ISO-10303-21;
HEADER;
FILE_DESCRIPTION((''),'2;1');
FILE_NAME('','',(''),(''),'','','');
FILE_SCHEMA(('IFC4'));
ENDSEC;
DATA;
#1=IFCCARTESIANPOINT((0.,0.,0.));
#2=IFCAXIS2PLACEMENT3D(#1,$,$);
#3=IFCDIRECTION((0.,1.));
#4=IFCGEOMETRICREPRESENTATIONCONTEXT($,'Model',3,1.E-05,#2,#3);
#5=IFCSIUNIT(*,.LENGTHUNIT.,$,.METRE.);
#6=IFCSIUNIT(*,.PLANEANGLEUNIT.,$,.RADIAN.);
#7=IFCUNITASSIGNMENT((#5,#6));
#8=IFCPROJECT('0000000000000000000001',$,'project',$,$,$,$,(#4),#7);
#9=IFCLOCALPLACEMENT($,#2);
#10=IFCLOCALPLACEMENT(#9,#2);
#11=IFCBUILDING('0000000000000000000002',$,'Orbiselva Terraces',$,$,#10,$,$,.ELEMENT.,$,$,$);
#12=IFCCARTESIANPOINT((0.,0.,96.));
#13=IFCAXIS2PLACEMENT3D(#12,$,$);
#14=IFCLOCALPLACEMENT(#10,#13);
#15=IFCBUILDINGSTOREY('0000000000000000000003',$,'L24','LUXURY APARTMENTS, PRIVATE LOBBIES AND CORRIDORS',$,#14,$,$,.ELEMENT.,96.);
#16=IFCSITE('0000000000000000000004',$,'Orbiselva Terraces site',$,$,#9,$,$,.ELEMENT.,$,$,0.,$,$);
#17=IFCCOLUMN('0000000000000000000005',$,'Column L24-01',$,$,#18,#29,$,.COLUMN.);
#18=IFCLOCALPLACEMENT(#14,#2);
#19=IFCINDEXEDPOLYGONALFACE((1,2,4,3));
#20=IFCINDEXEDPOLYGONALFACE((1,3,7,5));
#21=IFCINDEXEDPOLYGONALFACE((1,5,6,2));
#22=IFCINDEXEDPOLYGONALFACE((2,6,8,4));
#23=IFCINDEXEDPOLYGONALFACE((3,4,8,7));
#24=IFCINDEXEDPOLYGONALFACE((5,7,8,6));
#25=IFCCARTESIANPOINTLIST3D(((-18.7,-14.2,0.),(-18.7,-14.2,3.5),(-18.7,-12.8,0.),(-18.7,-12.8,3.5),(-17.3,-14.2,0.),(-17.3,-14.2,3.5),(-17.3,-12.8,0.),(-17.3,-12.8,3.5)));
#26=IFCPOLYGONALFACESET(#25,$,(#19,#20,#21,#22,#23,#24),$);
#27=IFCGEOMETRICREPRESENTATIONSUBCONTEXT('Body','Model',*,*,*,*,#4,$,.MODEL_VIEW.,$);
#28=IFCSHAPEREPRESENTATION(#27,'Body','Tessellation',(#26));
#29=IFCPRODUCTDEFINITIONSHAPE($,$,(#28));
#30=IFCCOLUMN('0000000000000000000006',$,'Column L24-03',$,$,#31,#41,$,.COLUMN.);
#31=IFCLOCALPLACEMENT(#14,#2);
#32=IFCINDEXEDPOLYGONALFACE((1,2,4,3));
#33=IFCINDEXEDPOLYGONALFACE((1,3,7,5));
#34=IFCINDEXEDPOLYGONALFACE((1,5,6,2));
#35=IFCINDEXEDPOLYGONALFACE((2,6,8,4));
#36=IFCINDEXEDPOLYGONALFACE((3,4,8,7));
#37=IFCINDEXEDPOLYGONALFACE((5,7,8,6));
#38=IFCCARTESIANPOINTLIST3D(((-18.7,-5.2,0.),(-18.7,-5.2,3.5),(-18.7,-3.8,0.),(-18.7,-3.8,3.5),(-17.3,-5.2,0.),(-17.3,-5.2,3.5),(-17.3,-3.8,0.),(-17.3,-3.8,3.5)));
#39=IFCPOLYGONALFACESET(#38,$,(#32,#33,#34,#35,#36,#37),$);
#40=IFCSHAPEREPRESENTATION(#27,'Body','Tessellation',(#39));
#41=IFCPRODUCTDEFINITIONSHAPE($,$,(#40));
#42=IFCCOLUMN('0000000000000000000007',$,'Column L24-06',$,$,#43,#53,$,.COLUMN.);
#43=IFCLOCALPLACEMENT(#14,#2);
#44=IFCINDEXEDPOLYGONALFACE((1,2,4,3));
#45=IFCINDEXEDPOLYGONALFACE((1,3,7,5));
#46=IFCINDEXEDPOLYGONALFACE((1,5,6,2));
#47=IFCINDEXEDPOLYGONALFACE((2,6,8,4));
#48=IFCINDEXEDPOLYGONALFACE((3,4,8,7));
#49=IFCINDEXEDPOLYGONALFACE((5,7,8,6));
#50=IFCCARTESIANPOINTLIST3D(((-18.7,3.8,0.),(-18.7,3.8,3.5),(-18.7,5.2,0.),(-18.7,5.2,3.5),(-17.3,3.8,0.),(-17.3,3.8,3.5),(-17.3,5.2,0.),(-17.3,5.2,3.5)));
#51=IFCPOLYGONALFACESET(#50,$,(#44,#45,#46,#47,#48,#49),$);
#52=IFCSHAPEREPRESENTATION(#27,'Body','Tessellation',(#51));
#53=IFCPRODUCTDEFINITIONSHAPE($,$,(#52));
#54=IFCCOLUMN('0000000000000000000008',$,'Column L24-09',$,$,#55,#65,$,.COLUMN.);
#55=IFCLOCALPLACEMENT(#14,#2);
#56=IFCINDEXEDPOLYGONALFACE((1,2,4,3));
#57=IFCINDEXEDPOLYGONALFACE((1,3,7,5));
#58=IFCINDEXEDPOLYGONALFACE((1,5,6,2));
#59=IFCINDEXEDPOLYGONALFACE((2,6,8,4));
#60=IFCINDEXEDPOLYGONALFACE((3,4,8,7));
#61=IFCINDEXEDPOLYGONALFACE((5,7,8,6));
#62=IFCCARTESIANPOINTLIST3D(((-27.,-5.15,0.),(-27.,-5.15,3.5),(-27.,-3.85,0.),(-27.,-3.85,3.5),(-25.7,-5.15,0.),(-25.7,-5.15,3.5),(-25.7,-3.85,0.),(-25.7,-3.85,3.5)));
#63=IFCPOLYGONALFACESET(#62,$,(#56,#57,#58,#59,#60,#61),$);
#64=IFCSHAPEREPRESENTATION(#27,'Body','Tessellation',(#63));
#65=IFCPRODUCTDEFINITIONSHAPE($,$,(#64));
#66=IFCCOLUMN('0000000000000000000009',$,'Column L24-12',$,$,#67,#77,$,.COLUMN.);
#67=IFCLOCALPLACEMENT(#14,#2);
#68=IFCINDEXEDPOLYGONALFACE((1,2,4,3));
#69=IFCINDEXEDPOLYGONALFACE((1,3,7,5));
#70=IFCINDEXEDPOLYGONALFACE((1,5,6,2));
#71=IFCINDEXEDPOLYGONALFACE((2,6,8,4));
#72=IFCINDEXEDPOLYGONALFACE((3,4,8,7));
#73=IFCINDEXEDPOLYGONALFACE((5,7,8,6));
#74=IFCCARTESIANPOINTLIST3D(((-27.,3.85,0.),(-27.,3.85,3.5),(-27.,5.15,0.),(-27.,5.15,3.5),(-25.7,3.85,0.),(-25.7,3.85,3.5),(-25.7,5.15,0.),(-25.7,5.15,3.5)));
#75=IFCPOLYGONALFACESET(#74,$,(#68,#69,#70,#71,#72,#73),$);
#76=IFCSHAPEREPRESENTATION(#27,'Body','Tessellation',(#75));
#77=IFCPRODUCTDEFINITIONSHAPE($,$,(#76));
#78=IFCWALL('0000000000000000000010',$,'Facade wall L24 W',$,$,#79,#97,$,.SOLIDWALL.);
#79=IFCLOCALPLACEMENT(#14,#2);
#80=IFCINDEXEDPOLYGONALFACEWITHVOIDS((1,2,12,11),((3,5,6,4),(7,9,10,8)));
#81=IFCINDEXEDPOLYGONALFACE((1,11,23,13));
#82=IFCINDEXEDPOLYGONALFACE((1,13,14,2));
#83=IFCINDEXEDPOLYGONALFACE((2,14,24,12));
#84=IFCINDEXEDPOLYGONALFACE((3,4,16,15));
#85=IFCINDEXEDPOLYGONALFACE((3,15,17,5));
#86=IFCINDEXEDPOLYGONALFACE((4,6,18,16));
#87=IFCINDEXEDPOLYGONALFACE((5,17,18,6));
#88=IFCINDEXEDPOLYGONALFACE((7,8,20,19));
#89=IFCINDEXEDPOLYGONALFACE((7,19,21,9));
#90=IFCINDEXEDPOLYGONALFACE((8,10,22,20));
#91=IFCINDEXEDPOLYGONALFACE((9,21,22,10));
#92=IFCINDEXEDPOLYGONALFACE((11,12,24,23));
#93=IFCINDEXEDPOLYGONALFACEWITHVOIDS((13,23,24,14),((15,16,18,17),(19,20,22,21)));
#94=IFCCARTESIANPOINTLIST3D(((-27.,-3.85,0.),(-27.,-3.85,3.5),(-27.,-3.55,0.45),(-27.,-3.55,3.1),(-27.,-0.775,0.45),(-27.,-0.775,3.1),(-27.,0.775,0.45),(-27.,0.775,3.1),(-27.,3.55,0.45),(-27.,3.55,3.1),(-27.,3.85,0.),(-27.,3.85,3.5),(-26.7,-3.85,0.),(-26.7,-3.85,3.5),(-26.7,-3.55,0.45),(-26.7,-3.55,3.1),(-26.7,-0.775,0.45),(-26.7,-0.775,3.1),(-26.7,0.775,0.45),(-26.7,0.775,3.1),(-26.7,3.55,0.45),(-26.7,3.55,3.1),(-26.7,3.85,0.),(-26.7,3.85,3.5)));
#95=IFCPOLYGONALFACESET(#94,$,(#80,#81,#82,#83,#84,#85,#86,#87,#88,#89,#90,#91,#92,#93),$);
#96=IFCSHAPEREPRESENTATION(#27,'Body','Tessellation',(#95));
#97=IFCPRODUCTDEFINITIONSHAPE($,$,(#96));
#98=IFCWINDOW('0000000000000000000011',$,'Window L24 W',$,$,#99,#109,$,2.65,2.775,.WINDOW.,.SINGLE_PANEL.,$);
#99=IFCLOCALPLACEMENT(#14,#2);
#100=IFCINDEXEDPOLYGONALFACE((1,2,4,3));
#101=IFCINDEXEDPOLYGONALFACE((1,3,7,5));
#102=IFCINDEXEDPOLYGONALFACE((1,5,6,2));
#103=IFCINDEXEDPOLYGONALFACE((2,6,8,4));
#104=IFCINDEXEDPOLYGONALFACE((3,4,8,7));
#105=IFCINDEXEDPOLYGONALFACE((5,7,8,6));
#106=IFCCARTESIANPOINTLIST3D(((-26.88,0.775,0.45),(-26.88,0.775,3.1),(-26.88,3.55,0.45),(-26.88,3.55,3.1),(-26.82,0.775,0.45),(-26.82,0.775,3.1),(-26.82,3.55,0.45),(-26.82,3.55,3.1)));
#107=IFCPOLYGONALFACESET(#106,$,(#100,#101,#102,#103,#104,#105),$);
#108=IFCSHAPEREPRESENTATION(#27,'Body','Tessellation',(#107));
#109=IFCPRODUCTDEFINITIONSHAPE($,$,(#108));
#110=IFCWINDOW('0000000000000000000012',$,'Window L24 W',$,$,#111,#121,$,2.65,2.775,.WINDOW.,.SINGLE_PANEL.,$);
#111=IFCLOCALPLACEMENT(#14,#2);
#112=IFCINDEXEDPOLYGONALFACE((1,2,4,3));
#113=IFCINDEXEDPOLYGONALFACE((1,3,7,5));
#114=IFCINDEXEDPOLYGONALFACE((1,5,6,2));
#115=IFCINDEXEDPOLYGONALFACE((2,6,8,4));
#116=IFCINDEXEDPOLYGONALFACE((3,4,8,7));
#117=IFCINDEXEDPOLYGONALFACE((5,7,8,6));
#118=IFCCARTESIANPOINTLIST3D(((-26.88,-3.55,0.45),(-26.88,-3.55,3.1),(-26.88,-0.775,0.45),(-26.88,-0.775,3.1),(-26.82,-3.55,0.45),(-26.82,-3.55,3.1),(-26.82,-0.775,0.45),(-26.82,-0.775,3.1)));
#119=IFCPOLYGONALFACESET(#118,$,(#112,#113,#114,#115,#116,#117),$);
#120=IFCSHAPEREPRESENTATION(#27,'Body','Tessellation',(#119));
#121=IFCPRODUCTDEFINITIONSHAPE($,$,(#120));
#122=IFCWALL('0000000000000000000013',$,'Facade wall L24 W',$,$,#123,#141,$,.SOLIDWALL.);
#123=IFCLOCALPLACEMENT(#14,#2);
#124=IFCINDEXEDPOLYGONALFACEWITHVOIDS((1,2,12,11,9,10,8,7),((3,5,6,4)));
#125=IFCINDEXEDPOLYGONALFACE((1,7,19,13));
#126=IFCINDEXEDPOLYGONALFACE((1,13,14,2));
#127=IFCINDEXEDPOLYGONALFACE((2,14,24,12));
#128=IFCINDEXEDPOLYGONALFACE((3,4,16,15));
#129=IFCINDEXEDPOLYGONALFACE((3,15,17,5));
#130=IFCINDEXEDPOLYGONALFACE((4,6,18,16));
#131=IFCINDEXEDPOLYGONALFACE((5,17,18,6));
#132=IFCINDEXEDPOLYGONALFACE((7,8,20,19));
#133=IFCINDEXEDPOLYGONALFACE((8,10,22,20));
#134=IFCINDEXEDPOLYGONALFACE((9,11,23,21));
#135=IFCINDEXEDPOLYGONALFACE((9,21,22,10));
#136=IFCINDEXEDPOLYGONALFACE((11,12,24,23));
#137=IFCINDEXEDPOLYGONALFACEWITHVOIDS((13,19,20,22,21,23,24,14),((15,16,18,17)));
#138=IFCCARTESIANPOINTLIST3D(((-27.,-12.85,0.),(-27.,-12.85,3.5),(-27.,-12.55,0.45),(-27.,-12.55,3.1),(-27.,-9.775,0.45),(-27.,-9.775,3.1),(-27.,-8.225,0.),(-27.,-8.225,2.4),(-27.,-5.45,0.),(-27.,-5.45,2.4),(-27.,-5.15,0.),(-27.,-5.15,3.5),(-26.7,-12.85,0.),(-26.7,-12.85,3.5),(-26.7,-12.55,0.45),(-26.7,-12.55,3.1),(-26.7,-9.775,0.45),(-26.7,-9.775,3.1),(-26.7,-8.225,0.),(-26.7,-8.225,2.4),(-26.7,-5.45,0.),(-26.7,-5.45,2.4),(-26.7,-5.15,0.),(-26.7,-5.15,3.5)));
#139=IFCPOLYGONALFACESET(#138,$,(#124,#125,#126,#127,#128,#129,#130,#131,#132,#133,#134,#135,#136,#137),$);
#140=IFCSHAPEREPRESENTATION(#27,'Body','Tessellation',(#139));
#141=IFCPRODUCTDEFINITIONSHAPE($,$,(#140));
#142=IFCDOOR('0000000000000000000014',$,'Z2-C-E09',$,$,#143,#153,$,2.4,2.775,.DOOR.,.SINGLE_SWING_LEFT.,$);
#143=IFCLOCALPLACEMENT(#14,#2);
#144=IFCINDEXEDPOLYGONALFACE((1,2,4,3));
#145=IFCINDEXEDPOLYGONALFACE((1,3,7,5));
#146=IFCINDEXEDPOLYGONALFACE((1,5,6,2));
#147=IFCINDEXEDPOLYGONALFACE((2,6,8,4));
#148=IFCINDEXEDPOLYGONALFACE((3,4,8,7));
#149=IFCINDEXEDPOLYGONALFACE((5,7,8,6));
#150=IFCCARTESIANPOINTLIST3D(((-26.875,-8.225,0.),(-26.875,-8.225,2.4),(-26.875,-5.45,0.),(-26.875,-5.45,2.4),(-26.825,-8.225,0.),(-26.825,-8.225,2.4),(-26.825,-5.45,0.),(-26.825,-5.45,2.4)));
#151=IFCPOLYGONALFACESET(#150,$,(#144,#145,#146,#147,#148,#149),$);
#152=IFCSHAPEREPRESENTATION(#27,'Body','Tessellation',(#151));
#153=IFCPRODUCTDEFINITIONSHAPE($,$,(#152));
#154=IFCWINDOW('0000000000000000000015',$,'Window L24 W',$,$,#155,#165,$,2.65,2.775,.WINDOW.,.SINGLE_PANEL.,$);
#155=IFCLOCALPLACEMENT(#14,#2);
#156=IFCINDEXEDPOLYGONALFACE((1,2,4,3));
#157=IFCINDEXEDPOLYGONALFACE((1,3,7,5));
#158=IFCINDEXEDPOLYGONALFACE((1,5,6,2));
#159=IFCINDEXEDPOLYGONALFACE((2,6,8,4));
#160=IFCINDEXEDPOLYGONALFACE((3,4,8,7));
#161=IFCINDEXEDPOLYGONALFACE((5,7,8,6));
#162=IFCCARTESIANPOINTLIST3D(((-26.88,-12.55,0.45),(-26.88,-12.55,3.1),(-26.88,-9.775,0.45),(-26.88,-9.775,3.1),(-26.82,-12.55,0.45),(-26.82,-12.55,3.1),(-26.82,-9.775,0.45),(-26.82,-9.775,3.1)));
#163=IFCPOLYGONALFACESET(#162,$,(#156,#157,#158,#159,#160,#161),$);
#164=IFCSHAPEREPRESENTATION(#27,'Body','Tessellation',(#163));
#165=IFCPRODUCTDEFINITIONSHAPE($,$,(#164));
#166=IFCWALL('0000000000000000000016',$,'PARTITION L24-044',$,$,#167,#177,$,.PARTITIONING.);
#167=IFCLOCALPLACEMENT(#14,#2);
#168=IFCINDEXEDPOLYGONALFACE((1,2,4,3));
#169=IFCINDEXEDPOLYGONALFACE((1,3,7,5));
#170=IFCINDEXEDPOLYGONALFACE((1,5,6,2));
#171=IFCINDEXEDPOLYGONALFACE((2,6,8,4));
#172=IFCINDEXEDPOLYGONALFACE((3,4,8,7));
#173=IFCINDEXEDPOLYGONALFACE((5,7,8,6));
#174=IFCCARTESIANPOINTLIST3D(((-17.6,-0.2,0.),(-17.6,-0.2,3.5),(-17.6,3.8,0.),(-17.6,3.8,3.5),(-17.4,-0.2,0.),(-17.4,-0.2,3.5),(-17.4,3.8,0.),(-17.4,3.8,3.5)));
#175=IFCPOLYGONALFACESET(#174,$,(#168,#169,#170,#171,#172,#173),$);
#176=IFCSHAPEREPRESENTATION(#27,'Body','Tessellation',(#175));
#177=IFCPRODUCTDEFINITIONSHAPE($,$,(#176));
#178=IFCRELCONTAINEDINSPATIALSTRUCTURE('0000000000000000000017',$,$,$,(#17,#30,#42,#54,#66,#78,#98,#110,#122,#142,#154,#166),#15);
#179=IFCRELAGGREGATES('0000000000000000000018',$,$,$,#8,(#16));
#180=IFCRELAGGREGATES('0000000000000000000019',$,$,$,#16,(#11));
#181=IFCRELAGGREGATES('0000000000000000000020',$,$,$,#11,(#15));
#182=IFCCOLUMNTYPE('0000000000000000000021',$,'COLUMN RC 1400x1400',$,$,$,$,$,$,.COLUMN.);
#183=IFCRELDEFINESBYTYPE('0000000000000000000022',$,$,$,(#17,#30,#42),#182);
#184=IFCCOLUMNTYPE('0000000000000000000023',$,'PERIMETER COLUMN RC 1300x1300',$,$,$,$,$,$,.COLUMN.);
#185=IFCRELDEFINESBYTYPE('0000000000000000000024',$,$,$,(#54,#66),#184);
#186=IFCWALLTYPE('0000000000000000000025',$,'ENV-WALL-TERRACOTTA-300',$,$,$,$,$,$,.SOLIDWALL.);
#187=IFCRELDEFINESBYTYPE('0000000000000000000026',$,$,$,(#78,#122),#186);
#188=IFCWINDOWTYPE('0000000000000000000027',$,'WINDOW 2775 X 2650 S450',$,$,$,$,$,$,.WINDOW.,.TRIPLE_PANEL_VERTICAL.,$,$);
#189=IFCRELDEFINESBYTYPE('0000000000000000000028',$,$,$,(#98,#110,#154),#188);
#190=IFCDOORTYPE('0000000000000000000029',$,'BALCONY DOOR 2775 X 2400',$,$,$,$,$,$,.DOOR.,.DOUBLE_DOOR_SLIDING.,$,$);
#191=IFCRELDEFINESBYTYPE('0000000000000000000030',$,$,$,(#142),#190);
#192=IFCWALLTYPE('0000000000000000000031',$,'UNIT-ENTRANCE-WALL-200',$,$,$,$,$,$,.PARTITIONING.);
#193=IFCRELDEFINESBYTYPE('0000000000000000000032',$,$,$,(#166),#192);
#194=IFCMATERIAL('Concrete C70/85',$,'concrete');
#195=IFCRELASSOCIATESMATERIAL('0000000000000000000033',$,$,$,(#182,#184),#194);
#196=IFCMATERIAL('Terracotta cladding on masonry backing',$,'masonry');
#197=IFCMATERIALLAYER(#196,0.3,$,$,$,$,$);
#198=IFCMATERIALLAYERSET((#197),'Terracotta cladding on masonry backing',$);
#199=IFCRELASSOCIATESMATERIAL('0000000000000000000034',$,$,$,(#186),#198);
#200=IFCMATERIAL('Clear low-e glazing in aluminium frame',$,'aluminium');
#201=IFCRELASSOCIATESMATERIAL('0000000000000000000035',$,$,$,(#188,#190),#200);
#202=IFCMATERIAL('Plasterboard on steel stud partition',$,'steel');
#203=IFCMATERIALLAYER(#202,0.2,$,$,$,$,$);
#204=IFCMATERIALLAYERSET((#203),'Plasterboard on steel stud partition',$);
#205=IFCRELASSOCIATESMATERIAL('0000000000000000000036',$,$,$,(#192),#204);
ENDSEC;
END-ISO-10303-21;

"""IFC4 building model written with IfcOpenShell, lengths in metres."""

from ifc_helpers import new_model, si_unit, direction, frame, frame_2d, origin, origin_2d, place, context, subcontext, project, spatial, rectangle, extrude, material, layer, layer_set, material_profile, profile_set, type_object, element, fill, save


model = new_model("IFC4")

# Units and contexts
model_context = context("Model", 3, precision=1e-05, world=origin(), true_north=direction((0.0, 1.0)))
body_context = subcontext(model_context, "Body", "Model", "MODEL_VIEW")
ifc_project = project(units=[si_unit("LENGTHUNIT", "METRE"), si_unit("PLANEANGLEUNIT", "RADIAN")], contexts=[model_context])

# Site, building, storey
site_placement = place(None, origin())
site = spatial("IfcSite", under=ifc_project, at=site_placement, Name="Orbiselva Terraces site", CompositionType="ELEMENT", RefElevation=0.0)
building_placement = place(site_placement, origin())
building = spatial("IfcBuilding", under=site, at=building_placement, Name="Orbiselva Terraces", CompositionType="ELEMENT")
storey_placement = place(building_placement, frame((0.0, 0.0, 96.0)))
storey = spatial("IfcBuildingStorey", under=building, at=storey_placement, Name="L24", Description="LUXURY APARTMENTS, PRIVATE LOBBIES AND CORRIDORS", CompositionType="ELEMENT", Elevation=96.0)

# Columns
ifc_material_1 = material(Name="Concrete C70/85", Category="concrete")
ifc_material_profile_1 = material_profile(ifc_material_1, rectangle(XDim=1.4, YDim=1.4, at=origin_2d()), Name="RC 1400x1400")
ifc_profile_set_1 = profile_set([ifc_material_profile_1], Name="Concrete C70/85")
column_type_1 = type_object("IfcColumnType", Name="COLUMN RC 1400x1400", PredefinedType="COLUMN", material=ifc_profile_set_1)
for number, where, z_axis, x_axis, name in (
    (1, (-18.0, -13.5, 0.0), (0.0, 0.0, 1.0), (1.0, 0.0, 0.0), "Column L24-01"),
    (2, (-18.0, -4.5, 0.0), (0.0, 0.0, 1.0), (1.0, 0.0, 0.0), "Column L24-03"),
    (3, (-18.0, 4.5, 0.0), (0.0, 0.0, 1.0), (1.0, 0.0, 0.0), "Column L24-06"),
):
    element("IfcColumn", number, at=place(storey_placement, frame(where, z_axis=z_axis, x_axis=x_axis)), inside=storey, type_object=column_type_1, Name=name, PredefinedType="COLUMN", context=body_context, shape_type="SweptSolid", body=[
        extrude(rectangle(XDim=1.4, YDim=1.4, at=origin_2d()), origin(), (0.0, 0.0, 1.0), 3.5),
    ])
ifc_material_profile_2 = material_profile(ifc_material_1, rectangle(XDim=1.3, YDim=1.3, at=origin_2d()), Name="RC 1300x1300")
ifc_profile_set_2 = profile_set([ifc_material_profile_2], Name="Concrete C70/85")
column_type_2 = type_object("IfcColumnType", Name="PERIMETER COLUMN RC 1300x1300", PredefinedType="COLUMN", material=ifc_profile_set_2)
for number, where, z_axis, x_axis, name in (
    (4, (-26.35, -4.5, 0.0), (0.0, 0.0, 1.0), (1.0, 0.0, 0.0), "Column L24-09"),
    (5, (-26.35, 4.5, 0.0), (0.0, 0.0, 1.0), (1.0, 0.0, 0.0), "Column L24-12"),
):
    element("IfcColumn", number, at=place(storey_placement, frame(where, z_axis=z_axis, x_axis=x_axis)), inside=storey, type_object=column_type_2, Name=name, PredefinedType="COLUMN", context=body_context, shape_type="SweptSolid", body=[
        extrude(rectangle(XDim=1.3, YDim=1.3, at=origin_2d()), origin(), (0.0, 0.0, 1.0), 3.5),
    ])

# Wall, openings, windows
ifc_material_2 = material(Name="Terracotta cladding on masonry backing", Category="masonry")
ifc_layer_1 = layer(ifc_material_2, 0.3)
ifc_layer_set_1 = layer_set([ifc_layer_1], Name="Terracotta cladding on masonry backing")
wall_type_1 = type_object("IfcWallType", Name="ENV-WALL-TERRACOTTA-300", PredefinedType="SOLIDWALL", material=ifc_layer_set_1)
wall_1_placement = place(storey_placement, frame((-26.85, -3.85, 0.0), z_axis=(0.0, 0.0, 1.0), x_axis=(0.0, 1.0, 0.0)))
wall_1 = element("IfcWall", 6, at=wall_1_placement, inside=storey, type_object=wall_type_1, Name="Facade wall L24 W", PredefinedType="SOLIDWALL", context=body_context, shape_type="SweptSolid", body=[
    extrude(rectangle(XDim=7.7, YDim=0.3, at=frame_2d((3.85, 0.0))), origin(), (0.0, 0.0, 1.0), 3.5),
])
opening_1_placement = place(wall_1_placement, frame((4.625, 0.0, 0.45)))
opening_1 = element("IfcOpeningElement", 7, at=opening_1_placement, cuts=wall_1, PredefinedType="OPENING", context=body_context, shape_type="SweptSolid", body=[
    extrude(rectangle(XDim=2.775, YDim=2.65, at=frame_2d((1.3875, 1.325))), frame((0.0, 0.16, 0.0), z_axis=(0.0, -1.0, 0.0), x_axis=(1.0, 0.0, 0.0)), (0.0, 0.0, 1.0), 0.32),
])
opening_2_placement = place(wall_1_placement, frame((0.3, 0.0, 0.45)))
opening_2 = element("IfcOpeningElement", 8, at=opening_2_placement, cuts=wall_1, PredefinedType="OPENING", context=body_context, shape_type="SweptSolid", body=[
    extrude(rectangle(XDim=2.775, YDim=2.65, at=frame_2d((1.3875, 1.325))), frame((0.0, 0.16, 0.0), z_axis=(0.0, -1.0, 0.0), x_axis=(1.0, 0.0, 0.0)), (0.0, 0.0, 1.0), 0.32),
])
ifc_material_3 = material(Name="Clear low-e glazing in aluminium frame", Category="aluminium")
window_type = type_object("IfcWindowType", Name="WINDOW 2775 X 2650 S450", PartitioningType="TRIPLE_PANEL_VERTICAL", PredefinedType="WINDOW", material=ifc_material_3)
window_1_placement = place(opening_1_placement, origin())
window_1 = element("IfcWindow", 9, at=window_1_placement, inside=storey, type_object=window_type, Name="Window L24 W", OverallHeight=2.65, OverallWidth=2.775, PartitioningType="SINGLE_PANEL", PredefinedType="WINDOW", context=body_context, shape_type="SweptSolid", body=[
    extrude(rectangle(XDim=2.775, YDim=2.65, at=frame_2d((1.3875, 1.325))), frame((0.0, 0.03, 0.0), z_axis=(0.0, -1.0, 0.0), x_axis=(1.0, 0.0, 0.0)), (0.0, 0.0, 1.0), 0.06),
])
fill(opening_1, window_1)
window_2_placement = place(opening_2_placement, origin())
window_2 = element("IfcWindow", 10, at=window_2_placement, inside=storey, type_object=window_type, Name="Window L24 W", OverallHeight=2.65, OverallWidth=2.775, PartitioningType="SINGLE_PANEL", PredefinedType="WINDOW", context=body_context, shape_type="SweptSolid", body=[
    extrude(rectangle(XDim=2.775, YDim=2.65, at=frame_2d((1.3875, 1.325))), frame((0.0, 0.03, 0.0), z_axis=(0.0, -1.0, 0.0), x_axis=(1.0, 0.0, 0.0)), (0.0, 0.0, 1.0), 0.06),
])
fill(opening_2, window_2)

# Wall, openings, door, window
wall_2_placement = place(storey_placement, frame((-26.85, -12.85, 0.0), z_axis=(0.0, 0.0, 1.0), x_axis=(0.0, 1.0, 0.0)))
wall_2 = element("IfcWall", 11, at=wall_2_placement, inside=storey, type_object=wall_type_1, Name="Facade wall L24 W", PredefinedType="SOLIDWALL", context=body_context, shape_type="SweptSolid", body=[
    extrude(rectangle(XDim=7.7, YDim=0.3, at=frame_2d((3.85, 0.0))), origin(), (0.0, 0.0, 1.0), 3.5),
])
opening_3_placement = place(wall_2_placement, frame((4.625, 0.0, 0.0)))
opening_3 = element("IfcOpeningElement", 12, at=opening_3_placement, cuts=wall_2, PredefinedType="OPENING", context=body_context, shape_type="SweptSolid", body=[
    extrude(rectangle(XDim=2.775, YDim=2.4, at=frame_2d((1.3875, 1.2))), frame((0.0, 0.16, 0.0), z_axis=(0.0, -1.0, 0.0), x_axis=(1.0, 0.0, 0.0)), (0.0, 0.0, 1.0), 0.32),
])
opening_4_placement = place(wall_2_placement, frame((0.3, 0.0, 0.45)))
opening_4 = element("IfcOpeningElement", 13, at=opening_4_placement, cuts=wall_2, PredefinedType="OPENING", context=body_context, shape_type="SweptSolid", body=[
    extrude(rectangle(XDim=2.775, YDim=2.65, at=frame_2d((1.3875, 1.325))), frame((0.0, 0.16, 0.0), z_axis=(0.0, -1.0, 0.0), x_axis=(1.0, 0.0, 0.0)), (0.0, 0.0, 1.0), 0.32),
])
door_type_1 = type_object("IfcDoorType", Name="BALCONY DOOR 2775 X 2400", OperationType="DOUBLE_DOOR_SLIDING", PredefinedType="DOOR", material=ifc_material_3)
door_1_placement = place(opening_3_placement, origin())
door_1 = element("IfcDoor", 14, at=door_1_placement, inside=storey, type_object=door_type_1, Name="Z2-C-E09", OperationType="SINGLE_SWING_LEFT", OverallHeight=2.4, OverallWidth=2.775, PredefinedType="DOOR", context=body_context, shape_type="SweptSolid", body=[
    extrude(rectangle(XDim=2.775, YDim=2.4, at=frame_2d((1.3875, 1.2))), frame((0.0, 0.025, 0.0), z_axis=(0.0, -1.0, 0.0), x_axis=(1.0, 0.0, 0.0)), (0.0, 0.0, 1.0), 0.05),
])
fill(opening_3, door_1)
window_3_placement = place(opening_4_placement, origin())
window_3 = element("IfcWindow", 15, at=window_3_placement, inside=storey, type_object=window_type, Name="Window L24 W", OverallHeight=2.65, OverallWidth=2.775, PartitioningType="SINGLE_PANEL", PredefinedType="WINDOW", context=body_context, shape_type="SweptSolid", body=[
    extrude(rectangle(XDim=2.775, YDim=2.65, at=frame_2d((1.3875, 1.325))), frame((0.0, 0.03, 0.0), z_axis=(0.0, -1.0, 0.0), x_axis=(1.0, 0.0, 0.0)), (0.0, 0.0, 1.0), 0.06),
])
fill(opening_4, window_3)

# Wall
ifc_material_4 = material(Name="Plasterboard on steel stud partition", Category="steel")
ifc_layer_2 = layer(ifc_material_4, 0.2)
ifc_layer_set_2 = layer_set([ifc_layer_2], Name="Plasterboard on steel stud partition")
wall_type_2 = type_object("IfcWallType", Name="UNIT-ENTRANCE-WALL-200", PredefinedType="PARTITIONING", material=ifc_layer_set_2)
wall_3_placement = place(storey_placement, frame((-17.5, -0.2, 0.0), z_axis=(0.0, 0.0, 1.0), x_axis=(0.0, 1.0, 0.0)))
element("IfcWall", 16, at=wall_3_placement, inside=storey, type_object=wall_type_2, Name="PARTITION L24-044", PredefinedType="PARTITIONING", context=body_context, shape_type="SweptSolid", body=[
    extrude(rectangle(XDim=4.0, YDim=0.2, at=frame_2d((2.0, 0.0))), origin(), (0.0, 0.0, 1.0), 3.5),
])

save(model, "model.ifc")
